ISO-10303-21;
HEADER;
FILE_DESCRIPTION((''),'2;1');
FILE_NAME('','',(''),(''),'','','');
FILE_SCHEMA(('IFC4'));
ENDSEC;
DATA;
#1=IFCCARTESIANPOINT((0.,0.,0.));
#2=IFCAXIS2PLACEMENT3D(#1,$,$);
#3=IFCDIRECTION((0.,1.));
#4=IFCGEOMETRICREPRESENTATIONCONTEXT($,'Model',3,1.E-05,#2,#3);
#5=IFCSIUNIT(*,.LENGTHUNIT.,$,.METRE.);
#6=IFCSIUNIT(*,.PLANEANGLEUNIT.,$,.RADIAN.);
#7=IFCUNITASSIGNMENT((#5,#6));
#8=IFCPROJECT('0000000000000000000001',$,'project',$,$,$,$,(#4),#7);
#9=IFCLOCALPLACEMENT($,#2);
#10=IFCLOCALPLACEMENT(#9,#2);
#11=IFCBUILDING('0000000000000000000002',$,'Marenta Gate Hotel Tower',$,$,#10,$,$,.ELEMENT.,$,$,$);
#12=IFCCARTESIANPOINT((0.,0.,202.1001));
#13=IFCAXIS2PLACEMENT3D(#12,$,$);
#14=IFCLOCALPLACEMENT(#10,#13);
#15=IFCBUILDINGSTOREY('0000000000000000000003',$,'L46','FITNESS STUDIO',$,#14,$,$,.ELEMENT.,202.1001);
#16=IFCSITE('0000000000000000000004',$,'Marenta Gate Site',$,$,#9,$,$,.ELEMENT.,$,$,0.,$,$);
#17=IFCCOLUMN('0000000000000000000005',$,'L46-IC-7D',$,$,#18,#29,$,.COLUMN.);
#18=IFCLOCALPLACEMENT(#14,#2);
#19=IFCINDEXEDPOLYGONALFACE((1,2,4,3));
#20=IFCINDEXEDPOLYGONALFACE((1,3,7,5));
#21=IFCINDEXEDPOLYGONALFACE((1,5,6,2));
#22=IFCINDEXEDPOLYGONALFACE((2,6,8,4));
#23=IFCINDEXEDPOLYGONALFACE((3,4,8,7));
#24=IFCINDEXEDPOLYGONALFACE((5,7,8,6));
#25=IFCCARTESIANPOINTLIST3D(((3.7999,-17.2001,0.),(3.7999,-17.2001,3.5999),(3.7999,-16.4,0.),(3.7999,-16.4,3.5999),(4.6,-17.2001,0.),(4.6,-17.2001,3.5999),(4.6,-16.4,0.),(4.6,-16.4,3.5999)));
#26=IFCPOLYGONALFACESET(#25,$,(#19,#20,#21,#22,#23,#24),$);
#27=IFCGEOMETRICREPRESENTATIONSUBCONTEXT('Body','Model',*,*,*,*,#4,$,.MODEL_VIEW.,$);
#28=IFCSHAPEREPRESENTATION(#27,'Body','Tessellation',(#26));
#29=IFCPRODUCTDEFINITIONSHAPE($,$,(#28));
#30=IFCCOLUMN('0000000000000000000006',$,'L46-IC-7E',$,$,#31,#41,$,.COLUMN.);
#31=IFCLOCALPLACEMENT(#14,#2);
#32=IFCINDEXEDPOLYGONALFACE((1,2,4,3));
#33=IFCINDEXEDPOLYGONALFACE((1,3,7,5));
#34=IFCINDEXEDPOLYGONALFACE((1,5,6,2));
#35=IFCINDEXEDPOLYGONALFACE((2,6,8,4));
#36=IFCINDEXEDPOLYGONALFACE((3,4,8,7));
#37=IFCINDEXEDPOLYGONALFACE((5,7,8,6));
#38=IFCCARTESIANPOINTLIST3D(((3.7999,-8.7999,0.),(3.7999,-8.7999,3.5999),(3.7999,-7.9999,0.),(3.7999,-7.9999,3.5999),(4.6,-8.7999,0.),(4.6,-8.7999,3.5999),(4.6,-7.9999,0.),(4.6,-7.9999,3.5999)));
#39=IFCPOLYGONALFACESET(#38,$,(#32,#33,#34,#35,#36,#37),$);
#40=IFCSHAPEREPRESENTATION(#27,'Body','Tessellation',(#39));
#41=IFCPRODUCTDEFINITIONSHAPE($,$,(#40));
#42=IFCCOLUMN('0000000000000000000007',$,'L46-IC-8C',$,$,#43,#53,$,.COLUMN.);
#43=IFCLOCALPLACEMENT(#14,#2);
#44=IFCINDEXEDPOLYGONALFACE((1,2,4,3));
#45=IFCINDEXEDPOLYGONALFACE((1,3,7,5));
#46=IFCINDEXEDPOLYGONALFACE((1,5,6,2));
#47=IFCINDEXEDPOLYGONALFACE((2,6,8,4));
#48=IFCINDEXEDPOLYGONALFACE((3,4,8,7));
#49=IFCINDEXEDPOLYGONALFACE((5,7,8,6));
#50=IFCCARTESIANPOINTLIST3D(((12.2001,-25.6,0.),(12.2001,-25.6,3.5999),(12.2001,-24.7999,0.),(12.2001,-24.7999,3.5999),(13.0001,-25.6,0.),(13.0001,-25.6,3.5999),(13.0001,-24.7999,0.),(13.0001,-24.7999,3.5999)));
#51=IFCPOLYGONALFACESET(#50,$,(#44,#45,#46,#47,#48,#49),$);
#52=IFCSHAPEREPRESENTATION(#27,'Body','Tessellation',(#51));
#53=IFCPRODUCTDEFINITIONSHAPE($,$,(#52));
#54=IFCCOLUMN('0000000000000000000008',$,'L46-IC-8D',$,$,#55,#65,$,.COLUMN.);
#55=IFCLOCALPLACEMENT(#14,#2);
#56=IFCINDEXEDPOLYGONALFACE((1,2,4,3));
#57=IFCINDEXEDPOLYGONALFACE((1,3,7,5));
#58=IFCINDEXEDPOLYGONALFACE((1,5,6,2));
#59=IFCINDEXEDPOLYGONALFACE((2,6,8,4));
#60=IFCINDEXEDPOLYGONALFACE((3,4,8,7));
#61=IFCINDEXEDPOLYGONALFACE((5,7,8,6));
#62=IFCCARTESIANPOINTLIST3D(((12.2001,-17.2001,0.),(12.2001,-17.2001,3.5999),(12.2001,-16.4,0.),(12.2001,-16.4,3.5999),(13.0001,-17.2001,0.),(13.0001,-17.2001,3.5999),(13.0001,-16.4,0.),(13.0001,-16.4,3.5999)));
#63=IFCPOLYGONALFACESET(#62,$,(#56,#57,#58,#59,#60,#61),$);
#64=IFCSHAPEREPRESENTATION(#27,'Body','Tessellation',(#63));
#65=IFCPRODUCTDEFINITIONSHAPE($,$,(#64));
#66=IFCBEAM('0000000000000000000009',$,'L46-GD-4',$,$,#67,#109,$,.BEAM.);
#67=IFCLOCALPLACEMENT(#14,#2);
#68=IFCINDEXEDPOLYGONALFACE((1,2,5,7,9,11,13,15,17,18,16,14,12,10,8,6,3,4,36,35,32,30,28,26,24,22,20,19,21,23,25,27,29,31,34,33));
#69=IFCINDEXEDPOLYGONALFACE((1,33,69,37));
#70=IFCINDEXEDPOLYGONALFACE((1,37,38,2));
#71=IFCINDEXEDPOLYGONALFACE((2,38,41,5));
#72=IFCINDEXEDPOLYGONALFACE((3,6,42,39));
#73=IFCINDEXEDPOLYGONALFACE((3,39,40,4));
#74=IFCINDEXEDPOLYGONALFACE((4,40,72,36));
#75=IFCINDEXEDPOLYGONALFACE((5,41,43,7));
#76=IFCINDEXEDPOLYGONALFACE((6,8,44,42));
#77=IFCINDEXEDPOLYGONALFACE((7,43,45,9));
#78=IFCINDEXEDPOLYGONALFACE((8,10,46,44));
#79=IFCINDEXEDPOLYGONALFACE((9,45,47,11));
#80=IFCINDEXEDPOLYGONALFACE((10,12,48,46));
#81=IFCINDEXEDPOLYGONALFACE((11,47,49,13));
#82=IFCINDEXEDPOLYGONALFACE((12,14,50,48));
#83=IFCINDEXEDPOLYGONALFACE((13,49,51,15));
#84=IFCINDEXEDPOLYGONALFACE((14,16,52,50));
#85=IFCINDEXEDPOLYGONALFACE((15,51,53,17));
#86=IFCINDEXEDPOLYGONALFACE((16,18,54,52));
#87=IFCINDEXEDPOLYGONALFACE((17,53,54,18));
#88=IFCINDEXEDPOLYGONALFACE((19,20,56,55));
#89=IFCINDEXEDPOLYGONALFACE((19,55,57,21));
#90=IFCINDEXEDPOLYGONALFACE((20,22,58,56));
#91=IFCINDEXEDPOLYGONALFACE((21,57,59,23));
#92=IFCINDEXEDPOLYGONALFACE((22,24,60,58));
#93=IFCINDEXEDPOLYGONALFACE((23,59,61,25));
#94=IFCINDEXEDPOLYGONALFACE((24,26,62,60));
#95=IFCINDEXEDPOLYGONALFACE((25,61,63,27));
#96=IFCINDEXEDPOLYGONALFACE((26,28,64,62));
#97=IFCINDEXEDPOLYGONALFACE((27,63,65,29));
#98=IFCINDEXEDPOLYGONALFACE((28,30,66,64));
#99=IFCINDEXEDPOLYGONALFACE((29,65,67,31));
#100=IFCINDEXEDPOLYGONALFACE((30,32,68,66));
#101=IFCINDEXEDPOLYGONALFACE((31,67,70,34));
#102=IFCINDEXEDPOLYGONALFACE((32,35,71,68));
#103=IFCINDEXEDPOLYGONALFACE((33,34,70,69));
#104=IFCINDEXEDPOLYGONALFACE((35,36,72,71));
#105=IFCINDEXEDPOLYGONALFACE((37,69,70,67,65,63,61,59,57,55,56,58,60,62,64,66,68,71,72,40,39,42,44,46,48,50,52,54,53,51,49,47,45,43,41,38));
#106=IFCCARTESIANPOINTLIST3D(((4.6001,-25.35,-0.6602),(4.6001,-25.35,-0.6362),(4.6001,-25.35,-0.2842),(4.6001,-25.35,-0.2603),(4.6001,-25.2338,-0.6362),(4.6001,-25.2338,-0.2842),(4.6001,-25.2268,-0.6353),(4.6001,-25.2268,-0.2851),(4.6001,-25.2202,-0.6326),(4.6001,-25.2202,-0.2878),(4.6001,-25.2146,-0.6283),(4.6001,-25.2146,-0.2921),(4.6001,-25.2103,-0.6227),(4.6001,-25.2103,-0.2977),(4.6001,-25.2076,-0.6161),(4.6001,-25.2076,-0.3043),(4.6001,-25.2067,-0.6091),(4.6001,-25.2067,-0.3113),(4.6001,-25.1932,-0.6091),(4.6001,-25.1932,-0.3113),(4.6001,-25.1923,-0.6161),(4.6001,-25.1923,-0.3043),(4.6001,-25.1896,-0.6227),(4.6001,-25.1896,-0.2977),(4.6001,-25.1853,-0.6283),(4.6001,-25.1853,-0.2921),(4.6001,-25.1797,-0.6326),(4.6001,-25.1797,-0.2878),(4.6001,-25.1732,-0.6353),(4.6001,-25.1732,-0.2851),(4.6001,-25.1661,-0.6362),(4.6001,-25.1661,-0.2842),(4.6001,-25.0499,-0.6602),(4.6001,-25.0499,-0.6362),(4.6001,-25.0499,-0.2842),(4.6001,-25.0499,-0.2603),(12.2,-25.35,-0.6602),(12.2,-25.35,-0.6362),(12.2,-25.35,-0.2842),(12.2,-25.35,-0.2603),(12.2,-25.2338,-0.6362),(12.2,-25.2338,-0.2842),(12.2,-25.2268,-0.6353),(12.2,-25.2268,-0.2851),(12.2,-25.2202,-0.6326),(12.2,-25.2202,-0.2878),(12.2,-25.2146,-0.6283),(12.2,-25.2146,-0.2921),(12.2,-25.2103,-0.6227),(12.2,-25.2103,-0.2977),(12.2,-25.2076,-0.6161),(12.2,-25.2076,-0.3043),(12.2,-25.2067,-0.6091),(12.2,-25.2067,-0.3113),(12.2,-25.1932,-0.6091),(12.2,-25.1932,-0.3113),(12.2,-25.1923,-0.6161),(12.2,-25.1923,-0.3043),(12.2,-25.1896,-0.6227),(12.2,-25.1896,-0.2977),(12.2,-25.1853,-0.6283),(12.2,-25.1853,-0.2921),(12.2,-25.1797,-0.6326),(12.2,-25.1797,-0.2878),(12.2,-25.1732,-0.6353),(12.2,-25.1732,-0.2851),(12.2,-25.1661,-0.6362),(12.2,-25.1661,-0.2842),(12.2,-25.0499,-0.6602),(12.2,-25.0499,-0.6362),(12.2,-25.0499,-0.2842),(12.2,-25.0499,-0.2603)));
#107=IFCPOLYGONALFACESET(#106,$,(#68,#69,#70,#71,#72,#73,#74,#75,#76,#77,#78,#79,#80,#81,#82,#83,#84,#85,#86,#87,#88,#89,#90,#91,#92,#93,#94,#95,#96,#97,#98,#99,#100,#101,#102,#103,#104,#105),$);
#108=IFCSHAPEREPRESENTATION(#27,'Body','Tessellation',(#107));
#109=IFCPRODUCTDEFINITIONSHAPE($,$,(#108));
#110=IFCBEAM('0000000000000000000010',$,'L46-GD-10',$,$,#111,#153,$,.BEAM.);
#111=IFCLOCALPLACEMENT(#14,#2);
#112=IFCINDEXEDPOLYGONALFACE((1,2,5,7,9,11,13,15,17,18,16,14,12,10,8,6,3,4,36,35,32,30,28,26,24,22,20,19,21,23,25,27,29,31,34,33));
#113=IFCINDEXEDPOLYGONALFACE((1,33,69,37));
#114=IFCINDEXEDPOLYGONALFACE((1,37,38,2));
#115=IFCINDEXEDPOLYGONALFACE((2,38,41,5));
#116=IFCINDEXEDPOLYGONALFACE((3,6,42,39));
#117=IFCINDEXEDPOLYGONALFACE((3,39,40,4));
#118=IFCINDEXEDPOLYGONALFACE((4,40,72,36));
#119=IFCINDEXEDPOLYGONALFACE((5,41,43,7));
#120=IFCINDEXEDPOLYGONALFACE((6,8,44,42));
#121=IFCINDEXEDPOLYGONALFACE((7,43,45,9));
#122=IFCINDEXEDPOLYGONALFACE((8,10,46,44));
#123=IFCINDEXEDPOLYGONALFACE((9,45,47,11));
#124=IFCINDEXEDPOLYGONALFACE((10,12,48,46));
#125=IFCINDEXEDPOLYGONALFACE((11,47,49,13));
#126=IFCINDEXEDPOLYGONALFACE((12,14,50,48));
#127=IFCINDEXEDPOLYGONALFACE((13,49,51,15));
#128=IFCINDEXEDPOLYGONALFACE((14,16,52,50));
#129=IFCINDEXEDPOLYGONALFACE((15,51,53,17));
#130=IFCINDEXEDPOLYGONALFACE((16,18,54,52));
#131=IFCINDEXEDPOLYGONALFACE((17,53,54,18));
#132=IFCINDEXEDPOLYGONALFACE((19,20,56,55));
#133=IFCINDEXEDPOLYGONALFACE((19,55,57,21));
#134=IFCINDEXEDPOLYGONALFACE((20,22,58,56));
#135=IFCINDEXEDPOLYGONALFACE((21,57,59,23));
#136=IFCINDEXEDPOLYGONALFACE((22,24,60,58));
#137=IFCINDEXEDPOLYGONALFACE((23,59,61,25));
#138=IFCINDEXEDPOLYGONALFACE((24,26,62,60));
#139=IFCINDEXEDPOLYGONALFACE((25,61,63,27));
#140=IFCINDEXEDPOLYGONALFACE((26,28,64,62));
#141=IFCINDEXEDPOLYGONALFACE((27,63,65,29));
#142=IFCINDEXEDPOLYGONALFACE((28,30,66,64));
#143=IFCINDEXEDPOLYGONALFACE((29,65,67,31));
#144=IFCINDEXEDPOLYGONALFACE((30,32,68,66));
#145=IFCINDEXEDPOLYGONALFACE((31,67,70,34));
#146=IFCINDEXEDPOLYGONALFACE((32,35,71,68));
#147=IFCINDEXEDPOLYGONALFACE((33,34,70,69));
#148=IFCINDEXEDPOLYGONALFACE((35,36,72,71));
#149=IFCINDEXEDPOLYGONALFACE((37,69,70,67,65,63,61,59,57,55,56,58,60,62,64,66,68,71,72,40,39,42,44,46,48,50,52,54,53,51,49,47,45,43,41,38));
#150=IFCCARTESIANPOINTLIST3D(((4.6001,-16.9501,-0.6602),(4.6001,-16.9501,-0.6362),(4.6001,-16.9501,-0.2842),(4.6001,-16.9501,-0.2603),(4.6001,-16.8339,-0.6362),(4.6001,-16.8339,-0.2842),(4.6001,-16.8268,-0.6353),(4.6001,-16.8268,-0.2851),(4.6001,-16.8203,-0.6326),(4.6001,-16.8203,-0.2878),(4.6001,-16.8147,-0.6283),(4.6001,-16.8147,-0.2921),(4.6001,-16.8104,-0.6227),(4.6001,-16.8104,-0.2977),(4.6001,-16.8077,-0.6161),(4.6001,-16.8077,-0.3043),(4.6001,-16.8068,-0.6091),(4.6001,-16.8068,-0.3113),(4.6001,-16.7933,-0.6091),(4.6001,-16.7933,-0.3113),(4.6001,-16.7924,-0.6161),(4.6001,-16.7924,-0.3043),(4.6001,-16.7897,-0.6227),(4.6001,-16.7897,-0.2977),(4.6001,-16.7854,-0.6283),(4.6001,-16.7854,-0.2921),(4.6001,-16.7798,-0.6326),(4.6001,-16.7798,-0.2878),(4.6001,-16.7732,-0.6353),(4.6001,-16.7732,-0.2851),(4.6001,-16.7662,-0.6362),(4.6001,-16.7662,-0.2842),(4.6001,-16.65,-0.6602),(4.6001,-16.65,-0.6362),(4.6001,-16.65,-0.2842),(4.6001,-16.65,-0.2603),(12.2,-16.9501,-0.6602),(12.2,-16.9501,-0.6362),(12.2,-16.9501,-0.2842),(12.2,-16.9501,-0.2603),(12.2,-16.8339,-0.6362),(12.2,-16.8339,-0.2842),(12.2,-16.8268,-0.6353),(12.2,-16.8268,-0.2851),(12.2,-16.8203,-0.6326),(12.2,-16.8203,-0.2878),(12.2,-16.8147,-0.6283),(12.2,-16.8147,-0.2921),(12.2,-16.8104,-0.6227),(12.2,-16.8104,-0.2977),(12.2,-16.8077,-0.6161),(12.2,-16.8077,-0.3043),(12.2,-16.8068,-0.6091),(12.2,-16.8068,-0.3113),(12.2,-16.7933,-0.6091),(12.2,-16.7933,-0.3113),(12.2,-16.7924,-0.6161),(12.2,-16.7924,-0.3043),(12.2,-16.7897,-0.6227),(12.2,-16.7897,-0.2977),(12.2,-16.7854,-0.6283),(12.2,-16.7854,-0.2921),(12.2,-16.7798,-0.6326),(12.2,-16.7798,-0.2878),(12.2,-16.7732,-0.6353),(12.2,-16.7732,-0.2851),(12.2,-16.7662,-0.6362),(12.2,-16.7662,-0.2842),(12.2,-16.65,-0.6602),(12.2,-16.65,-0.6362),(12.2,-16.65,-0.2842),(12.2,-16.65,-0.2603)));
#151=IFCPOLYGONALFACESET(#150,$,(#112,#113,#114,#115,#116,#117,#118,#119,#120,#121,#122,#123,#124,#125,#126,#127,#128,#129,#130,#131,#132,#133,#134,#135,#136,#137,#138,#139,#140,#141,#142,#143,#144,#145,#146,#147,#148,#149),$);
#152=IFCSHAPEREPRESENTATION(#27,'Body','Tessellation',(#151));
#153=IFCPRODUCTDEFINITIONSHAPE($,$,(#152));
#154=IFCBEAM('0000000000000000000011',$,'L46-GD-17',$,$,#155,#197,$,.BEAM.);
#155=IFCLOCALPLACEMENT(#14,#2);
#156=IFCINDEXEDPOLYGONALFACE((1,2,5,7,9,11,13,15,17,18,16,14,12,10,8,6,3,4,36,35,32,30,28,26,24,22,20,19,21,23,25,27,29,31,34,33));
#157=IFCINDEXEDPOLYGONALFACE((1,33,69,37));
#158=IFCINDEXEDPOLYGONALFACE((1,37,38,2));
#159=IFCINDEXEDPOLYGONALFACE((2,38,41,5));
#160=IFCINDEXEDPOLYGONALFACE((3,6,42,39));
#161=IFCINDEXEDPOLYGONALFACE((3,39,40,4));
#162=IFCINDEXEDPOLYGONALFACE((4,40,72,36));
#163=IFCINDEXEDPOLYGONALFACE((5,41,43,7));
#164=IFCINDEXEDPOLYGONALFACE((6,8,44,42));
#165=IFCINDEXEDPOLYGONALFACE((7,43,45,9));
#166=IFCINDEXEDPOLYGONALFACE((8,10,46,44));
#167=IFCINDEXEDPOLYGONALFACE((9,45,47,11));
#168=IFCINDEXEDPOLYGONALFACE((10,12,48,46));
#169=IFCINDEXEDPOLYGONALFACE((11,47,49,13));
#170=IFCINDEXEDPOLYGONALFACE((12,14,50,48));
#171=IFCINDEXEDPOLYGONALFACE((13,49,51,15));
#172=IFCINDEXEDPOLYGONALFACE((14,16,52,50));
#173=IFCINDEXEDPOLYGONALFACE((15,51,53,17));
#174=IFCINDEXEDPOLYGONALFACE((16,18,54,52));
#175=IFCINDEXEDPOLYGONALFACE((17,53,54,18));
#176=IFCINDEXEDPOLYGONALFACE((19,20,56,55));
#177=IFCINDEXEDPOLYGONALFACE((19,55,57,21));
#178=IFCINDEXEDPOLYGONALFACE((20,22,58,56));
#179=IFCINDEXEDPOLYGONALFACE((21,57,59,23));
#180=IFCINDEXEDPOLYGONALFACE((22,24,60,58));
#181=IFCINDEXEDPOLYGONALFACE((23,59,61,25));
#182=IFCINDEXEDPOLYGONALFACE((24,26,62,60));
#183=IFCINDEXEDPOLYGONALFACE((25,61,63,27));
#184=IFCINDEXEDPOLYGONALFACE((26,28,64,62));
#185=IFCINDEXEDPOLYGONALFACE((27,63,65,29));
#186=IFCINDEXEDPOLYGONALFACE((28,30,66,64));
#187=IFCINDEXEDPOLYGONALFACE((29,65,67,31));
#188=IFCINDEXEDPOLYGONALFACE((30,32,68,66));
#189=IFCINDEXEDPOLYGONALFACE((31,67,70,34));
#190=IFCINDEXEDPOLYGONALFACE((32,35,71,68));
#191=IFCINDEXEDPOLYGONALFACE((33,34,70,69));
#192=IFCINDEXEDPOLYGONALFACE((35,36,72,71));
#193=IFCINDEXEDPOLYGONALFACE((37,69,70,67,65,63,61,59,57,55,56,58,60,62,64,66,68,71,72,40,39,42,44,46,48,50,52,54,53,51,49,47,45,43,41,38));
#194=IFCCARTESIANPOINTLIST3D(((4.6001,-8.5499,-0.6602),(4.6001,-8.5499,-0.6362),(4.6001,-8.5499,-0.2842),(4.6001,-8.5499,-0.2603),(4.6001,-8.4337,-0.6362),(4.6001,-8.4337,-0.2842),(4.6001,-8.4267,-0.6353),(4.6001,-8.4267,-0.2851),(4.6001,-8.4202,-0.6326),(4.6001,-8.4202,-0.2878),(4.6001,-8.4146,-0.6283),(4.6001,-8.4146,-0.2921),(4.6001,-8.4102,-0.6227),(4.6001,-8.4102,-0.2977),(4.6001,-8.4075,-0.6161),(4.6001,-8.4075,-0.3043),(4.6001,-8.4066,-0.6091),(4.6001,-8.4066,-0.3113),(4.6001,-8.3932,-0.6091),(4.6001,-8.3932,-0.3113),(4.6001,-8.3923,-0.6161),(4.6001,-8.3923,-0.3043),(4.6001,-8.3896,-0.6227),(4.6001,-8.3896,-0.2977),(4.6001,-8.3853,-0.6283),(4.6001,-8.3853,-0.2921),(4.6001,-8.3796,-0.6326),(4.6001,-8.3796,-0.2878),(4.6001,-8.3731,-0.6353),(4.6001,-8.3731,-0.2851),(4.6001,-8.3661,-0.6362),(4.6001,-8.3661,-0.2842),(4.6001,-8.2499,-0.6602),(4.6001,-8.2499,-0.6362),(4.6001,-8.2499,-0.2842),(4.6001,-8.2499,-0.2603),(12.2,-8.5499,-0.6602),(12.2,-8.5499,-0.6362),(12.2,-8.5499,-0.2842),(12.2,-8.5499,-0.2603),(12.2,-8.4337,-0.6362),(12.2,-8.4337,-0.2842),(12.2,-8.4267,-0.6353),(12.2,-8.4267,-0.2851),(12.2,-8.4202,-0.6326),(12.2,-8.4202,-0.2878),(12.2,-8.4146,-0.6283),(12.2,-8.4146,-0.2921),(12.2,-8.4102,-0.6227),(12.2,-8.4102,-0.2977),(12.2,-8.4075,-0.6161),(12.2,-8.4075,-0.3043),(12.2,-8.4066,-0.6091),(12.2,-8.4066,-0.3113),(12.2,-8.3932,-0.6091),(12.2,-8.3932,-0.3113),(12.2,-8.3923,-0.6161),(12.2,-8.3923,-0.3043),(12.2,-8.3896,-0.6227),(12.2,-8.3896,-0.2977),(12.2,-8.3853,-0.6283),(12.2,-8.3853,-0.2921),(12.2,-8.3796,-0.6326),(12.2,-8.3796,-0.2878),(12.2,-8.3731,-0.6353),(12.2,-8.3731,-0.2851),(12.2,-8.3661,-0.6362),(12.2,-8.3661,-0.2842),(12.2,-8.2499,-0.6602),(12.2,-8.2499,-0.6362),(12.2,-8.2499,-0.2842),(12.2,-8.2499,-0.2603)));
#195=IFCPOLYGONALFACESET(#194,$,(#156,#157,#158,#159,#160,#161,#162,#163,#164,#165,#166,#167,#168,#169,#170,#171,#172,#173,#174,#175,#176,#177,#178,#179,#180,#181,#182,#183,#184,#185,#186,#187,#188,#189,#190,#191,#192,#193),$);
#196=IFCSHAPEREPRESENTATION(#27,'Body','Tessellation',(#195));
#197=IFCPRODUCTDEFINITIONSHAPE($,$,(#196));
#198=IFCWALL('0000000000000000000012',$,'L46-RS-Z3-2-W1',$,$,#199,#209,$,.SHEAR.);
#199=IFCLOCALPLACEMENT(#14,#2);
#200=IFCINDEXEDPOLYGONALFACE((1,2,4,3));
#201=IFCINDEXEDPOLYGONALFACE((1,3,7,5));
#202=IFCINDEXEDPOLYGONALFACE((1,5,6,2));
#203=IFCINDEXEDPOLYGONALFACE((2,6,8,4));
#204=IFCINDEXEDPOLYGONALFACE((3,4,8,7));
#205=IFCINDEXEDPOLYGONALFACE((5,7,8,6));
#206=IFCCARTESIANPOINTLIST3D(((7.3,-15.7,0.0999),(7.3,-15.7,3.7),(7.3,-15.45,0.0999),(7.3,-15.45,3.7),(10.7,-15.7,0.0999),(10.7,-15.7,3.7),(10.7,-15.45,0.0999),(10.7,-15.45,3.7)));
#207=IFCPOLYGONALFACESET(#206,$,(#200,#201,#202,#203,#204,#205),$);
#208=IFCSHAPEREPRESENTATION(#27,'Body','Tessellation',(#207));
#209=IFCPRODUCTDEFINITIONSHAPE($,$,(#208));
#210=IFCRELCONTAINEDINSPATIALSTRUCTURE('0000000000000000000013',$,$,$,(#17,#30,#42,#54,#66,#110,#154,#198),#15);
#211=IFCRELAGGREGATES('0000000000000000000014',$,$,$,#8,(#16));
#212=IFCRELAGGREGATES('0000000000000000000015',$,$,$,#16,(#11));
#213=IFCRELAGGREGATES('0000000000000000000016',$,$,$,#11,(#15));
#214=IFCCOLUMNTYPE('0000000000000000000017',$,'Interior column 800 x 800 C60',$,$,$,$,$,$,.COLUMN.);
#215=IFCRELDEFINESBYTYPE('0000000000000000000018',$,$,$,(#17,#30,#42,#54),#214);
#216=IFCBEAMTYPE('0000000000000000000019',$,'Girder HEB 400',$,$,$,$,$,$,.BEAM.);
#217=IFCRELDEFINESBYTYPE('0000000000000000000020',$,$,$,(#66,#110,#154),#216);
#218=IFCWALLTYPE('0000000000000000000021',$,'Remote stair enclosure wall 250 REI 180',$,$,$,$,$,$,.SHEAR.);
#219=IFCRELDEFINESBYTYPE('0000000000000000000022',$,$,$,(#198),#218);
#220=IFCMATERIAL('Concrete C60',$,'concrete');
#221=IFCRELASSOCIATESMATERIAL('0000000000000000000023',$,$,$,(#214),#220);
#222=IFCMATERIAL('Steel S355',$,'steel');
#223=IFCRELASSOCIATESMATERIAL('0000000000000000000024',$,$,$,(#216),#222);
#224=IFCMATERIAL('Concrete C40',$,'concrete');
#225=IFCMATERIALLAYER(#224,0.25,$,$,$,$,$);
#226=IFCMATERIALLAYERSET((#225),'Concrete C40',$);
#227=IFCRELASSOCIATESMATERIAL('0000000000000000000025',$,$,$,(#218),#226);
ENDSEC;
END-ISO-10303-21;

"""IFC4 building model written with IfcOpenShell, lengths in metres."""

from ifc_helpers import new_model, si_unit, direction, frame, frame_2d, origin, origin_2d, place, context, subcontext, project, spatial, rectangle, i_section, extrude, material, layer, layer_set, material_profile, profile_set, type_object, element, save


model = new_model("IFC4")

# Units and contexts
model_context = context("Model", 3, precision=1e-05, world=origin(), true_north=direction((0.0, 1.0)))
body_context = subcontext(model_context, "Body", "Model", "MODEL_VIEW")
ifc_project = project(units=[si_unit("LENGTHUNIT", "METRE"), si_unit("PLANEANGLEUNIT", "RADIAN")], contexts=[model_context])

# Site, building, storey
site_placement = place(None, origin())
site = spatial("IfcSite", under=ifc_project, at=site_placement, Name="Marenta Gate Site", CompositionType="ELEMENT", RefElevation=0.0)
building_placement = place(site_placement, origin())
building = spatial("IfcBuilding", under=site, at=building_placement, Name="Marenta Gate Hotel Tower", CompositionType="ELEMENT")
storey_placement = place(building_placement, frame((0.0, 0.0, 202.1001)))
storey = spatial("IfcBuildingStorey", under=building, at=storey_placement, Name="L46", Description="FITNESS STUDIO", CompositionType="ELEMENT", Elevation=202.1001)

# Columns
ifc_material_1 = material(Name="Concrete C60", Category="concrete")
ifc_material_profile_1 = material_profile(ifc_material_1, rectangle(XDim=0.8, YDim=0.8, at=origin_2d()), Name="800 x 800")
ifc_profile_set_1 = profile_set([ifc_material_profile_1], Name="Concrete C60")
column_type = type_object("IfcColumnType", Name="Interior column 800 x 800 C60", PredefinedType="COLUMN", material=ifc_profile_set_1)
for number, where, z_axis, x_axis, name in (
    (1, (4.2, -16.8, 0.0), (0.0, 0.0, 1.0), (1.0, 0.0, 0.0), "L46-IC-7D"),
    (2, (4.2, -8.3999, 0.0), (0.0, 0.0, 1.0), (1.0, 0.0, 0.0), "L46-IC-7E"),
    (3, (12.6001, -25.2, 0.0), (0.0, 0.0, 1.0), (1.0, 0.0, 0.0), "L46-IC-8C"),
    (4, (12.6001, -16.8, 0.0), (0.0, 0.0, 1.0), (1.0, 0.0, 0.0), "L46-IC-8D"),
):
    element("IfcColumn", number, at=place(storey_placement, frame(where, z_axis=z_axis, x_axis=x_axis)), inside=storey, type_object=column_type, Name=name, PredefinedType="COLUMN", context=body_context, shape_type="SweptSolid", body=[
        extrude(rectangle(XDim=0.8, YDim=0.8, at=origin_2d()), origin(), (0.0, 0.0, 1.0), 3.5999),
    ])

# Beams
ifc_material_2 = material(Name="Steel S355", Category="steel")
ifc_material_profile_2 = material_profile(ifc_material_2, i_section(OverallWidth=0.3, OverallDepth=0.3999, WebThickness=0.0134, FlangeThickness=0.0239, FilletRadius=0.0271, at=origin_2d()), Name="HEB 400")
ifc_profile_set_2 = profile_set([ifc_material_profile_2], Name="Steel S355")
beam_type = type_object("IfcBeamType", Name="Girder HEB 400", PredefinedType="BEAM", material=ifc_profile_set_2)
for number, where, z_axis, x_axis, name in (
    (5, (4.6001, -25.2, -0.4602), (1.0, 0.0, 0.0), (0.0, 1.0, 0.0), "L46-GD-4"),
    (6, (4.6001, -16.8, -0.4602), (1.0, 0.0, 0.0), (0.0, 1.0, 0.0), "L46-GD-10"),
    (7, (4.6001, -8.3999, -0.4602), (1.0, 0.0, 0.0), (0.0, 1.0, 0.0), "L46-GD-17"),
):
    element("IfcBeam", number, at=place(storey_placement, frame(where, z_axis=z_axis, x_axis=x_axis)), inside=storey, type_object=beam_type, Name=name, PredefinedType="BEAM", context=body_context, shape_type="SweptSolid", body=[
        extrude(i_section(OverallWidth=0.3, OverallDepth=0.3999, WebThickness=0.0134, FlangeThickness=0.0239, FilletRadius=0.0271, at=origin_2d()), origin(), (0.0, 0.0, 1.0), 7.5999),
    ])

# Wall
ifc_material_3 = material(Name="Concrete C40", Category="concrete")
ifc_layer_1 = layer(ifc_material_3, 0.25)
ifc_layer_set_1 = layer_set([ifc_layer_1], Name="Concrete C40")
wall_type_1 = type_object("IfcWallType", Name="Remote stair enclosure wall 250 REI 180", PredefinedType="SHEAR", material=ifc_layer_set_1)
wall_1_placement = place(storey_placement, frame((7.3, -15.575, 0.0999), z_axis=(0.0, 0.0, 1.0), x_axis=(1.0, 0.0, 0.0)))
element("IfcWall", 8, at=wall_1_placement, inside=storey, type_object=wall_type_1, Name="L46-RS-Z3-2-W1", PredefinedType="SHEAR", context=body_context, shape_type="SweptSolid", body=[
    extrude(rectangle(XDim=3.3999, YDim=0.25, at=frame_2d((1.7, 0.0))), origin(), (0.0, 0.0, 1.0), 3.6001),
])

save(model, "model.ifc")
